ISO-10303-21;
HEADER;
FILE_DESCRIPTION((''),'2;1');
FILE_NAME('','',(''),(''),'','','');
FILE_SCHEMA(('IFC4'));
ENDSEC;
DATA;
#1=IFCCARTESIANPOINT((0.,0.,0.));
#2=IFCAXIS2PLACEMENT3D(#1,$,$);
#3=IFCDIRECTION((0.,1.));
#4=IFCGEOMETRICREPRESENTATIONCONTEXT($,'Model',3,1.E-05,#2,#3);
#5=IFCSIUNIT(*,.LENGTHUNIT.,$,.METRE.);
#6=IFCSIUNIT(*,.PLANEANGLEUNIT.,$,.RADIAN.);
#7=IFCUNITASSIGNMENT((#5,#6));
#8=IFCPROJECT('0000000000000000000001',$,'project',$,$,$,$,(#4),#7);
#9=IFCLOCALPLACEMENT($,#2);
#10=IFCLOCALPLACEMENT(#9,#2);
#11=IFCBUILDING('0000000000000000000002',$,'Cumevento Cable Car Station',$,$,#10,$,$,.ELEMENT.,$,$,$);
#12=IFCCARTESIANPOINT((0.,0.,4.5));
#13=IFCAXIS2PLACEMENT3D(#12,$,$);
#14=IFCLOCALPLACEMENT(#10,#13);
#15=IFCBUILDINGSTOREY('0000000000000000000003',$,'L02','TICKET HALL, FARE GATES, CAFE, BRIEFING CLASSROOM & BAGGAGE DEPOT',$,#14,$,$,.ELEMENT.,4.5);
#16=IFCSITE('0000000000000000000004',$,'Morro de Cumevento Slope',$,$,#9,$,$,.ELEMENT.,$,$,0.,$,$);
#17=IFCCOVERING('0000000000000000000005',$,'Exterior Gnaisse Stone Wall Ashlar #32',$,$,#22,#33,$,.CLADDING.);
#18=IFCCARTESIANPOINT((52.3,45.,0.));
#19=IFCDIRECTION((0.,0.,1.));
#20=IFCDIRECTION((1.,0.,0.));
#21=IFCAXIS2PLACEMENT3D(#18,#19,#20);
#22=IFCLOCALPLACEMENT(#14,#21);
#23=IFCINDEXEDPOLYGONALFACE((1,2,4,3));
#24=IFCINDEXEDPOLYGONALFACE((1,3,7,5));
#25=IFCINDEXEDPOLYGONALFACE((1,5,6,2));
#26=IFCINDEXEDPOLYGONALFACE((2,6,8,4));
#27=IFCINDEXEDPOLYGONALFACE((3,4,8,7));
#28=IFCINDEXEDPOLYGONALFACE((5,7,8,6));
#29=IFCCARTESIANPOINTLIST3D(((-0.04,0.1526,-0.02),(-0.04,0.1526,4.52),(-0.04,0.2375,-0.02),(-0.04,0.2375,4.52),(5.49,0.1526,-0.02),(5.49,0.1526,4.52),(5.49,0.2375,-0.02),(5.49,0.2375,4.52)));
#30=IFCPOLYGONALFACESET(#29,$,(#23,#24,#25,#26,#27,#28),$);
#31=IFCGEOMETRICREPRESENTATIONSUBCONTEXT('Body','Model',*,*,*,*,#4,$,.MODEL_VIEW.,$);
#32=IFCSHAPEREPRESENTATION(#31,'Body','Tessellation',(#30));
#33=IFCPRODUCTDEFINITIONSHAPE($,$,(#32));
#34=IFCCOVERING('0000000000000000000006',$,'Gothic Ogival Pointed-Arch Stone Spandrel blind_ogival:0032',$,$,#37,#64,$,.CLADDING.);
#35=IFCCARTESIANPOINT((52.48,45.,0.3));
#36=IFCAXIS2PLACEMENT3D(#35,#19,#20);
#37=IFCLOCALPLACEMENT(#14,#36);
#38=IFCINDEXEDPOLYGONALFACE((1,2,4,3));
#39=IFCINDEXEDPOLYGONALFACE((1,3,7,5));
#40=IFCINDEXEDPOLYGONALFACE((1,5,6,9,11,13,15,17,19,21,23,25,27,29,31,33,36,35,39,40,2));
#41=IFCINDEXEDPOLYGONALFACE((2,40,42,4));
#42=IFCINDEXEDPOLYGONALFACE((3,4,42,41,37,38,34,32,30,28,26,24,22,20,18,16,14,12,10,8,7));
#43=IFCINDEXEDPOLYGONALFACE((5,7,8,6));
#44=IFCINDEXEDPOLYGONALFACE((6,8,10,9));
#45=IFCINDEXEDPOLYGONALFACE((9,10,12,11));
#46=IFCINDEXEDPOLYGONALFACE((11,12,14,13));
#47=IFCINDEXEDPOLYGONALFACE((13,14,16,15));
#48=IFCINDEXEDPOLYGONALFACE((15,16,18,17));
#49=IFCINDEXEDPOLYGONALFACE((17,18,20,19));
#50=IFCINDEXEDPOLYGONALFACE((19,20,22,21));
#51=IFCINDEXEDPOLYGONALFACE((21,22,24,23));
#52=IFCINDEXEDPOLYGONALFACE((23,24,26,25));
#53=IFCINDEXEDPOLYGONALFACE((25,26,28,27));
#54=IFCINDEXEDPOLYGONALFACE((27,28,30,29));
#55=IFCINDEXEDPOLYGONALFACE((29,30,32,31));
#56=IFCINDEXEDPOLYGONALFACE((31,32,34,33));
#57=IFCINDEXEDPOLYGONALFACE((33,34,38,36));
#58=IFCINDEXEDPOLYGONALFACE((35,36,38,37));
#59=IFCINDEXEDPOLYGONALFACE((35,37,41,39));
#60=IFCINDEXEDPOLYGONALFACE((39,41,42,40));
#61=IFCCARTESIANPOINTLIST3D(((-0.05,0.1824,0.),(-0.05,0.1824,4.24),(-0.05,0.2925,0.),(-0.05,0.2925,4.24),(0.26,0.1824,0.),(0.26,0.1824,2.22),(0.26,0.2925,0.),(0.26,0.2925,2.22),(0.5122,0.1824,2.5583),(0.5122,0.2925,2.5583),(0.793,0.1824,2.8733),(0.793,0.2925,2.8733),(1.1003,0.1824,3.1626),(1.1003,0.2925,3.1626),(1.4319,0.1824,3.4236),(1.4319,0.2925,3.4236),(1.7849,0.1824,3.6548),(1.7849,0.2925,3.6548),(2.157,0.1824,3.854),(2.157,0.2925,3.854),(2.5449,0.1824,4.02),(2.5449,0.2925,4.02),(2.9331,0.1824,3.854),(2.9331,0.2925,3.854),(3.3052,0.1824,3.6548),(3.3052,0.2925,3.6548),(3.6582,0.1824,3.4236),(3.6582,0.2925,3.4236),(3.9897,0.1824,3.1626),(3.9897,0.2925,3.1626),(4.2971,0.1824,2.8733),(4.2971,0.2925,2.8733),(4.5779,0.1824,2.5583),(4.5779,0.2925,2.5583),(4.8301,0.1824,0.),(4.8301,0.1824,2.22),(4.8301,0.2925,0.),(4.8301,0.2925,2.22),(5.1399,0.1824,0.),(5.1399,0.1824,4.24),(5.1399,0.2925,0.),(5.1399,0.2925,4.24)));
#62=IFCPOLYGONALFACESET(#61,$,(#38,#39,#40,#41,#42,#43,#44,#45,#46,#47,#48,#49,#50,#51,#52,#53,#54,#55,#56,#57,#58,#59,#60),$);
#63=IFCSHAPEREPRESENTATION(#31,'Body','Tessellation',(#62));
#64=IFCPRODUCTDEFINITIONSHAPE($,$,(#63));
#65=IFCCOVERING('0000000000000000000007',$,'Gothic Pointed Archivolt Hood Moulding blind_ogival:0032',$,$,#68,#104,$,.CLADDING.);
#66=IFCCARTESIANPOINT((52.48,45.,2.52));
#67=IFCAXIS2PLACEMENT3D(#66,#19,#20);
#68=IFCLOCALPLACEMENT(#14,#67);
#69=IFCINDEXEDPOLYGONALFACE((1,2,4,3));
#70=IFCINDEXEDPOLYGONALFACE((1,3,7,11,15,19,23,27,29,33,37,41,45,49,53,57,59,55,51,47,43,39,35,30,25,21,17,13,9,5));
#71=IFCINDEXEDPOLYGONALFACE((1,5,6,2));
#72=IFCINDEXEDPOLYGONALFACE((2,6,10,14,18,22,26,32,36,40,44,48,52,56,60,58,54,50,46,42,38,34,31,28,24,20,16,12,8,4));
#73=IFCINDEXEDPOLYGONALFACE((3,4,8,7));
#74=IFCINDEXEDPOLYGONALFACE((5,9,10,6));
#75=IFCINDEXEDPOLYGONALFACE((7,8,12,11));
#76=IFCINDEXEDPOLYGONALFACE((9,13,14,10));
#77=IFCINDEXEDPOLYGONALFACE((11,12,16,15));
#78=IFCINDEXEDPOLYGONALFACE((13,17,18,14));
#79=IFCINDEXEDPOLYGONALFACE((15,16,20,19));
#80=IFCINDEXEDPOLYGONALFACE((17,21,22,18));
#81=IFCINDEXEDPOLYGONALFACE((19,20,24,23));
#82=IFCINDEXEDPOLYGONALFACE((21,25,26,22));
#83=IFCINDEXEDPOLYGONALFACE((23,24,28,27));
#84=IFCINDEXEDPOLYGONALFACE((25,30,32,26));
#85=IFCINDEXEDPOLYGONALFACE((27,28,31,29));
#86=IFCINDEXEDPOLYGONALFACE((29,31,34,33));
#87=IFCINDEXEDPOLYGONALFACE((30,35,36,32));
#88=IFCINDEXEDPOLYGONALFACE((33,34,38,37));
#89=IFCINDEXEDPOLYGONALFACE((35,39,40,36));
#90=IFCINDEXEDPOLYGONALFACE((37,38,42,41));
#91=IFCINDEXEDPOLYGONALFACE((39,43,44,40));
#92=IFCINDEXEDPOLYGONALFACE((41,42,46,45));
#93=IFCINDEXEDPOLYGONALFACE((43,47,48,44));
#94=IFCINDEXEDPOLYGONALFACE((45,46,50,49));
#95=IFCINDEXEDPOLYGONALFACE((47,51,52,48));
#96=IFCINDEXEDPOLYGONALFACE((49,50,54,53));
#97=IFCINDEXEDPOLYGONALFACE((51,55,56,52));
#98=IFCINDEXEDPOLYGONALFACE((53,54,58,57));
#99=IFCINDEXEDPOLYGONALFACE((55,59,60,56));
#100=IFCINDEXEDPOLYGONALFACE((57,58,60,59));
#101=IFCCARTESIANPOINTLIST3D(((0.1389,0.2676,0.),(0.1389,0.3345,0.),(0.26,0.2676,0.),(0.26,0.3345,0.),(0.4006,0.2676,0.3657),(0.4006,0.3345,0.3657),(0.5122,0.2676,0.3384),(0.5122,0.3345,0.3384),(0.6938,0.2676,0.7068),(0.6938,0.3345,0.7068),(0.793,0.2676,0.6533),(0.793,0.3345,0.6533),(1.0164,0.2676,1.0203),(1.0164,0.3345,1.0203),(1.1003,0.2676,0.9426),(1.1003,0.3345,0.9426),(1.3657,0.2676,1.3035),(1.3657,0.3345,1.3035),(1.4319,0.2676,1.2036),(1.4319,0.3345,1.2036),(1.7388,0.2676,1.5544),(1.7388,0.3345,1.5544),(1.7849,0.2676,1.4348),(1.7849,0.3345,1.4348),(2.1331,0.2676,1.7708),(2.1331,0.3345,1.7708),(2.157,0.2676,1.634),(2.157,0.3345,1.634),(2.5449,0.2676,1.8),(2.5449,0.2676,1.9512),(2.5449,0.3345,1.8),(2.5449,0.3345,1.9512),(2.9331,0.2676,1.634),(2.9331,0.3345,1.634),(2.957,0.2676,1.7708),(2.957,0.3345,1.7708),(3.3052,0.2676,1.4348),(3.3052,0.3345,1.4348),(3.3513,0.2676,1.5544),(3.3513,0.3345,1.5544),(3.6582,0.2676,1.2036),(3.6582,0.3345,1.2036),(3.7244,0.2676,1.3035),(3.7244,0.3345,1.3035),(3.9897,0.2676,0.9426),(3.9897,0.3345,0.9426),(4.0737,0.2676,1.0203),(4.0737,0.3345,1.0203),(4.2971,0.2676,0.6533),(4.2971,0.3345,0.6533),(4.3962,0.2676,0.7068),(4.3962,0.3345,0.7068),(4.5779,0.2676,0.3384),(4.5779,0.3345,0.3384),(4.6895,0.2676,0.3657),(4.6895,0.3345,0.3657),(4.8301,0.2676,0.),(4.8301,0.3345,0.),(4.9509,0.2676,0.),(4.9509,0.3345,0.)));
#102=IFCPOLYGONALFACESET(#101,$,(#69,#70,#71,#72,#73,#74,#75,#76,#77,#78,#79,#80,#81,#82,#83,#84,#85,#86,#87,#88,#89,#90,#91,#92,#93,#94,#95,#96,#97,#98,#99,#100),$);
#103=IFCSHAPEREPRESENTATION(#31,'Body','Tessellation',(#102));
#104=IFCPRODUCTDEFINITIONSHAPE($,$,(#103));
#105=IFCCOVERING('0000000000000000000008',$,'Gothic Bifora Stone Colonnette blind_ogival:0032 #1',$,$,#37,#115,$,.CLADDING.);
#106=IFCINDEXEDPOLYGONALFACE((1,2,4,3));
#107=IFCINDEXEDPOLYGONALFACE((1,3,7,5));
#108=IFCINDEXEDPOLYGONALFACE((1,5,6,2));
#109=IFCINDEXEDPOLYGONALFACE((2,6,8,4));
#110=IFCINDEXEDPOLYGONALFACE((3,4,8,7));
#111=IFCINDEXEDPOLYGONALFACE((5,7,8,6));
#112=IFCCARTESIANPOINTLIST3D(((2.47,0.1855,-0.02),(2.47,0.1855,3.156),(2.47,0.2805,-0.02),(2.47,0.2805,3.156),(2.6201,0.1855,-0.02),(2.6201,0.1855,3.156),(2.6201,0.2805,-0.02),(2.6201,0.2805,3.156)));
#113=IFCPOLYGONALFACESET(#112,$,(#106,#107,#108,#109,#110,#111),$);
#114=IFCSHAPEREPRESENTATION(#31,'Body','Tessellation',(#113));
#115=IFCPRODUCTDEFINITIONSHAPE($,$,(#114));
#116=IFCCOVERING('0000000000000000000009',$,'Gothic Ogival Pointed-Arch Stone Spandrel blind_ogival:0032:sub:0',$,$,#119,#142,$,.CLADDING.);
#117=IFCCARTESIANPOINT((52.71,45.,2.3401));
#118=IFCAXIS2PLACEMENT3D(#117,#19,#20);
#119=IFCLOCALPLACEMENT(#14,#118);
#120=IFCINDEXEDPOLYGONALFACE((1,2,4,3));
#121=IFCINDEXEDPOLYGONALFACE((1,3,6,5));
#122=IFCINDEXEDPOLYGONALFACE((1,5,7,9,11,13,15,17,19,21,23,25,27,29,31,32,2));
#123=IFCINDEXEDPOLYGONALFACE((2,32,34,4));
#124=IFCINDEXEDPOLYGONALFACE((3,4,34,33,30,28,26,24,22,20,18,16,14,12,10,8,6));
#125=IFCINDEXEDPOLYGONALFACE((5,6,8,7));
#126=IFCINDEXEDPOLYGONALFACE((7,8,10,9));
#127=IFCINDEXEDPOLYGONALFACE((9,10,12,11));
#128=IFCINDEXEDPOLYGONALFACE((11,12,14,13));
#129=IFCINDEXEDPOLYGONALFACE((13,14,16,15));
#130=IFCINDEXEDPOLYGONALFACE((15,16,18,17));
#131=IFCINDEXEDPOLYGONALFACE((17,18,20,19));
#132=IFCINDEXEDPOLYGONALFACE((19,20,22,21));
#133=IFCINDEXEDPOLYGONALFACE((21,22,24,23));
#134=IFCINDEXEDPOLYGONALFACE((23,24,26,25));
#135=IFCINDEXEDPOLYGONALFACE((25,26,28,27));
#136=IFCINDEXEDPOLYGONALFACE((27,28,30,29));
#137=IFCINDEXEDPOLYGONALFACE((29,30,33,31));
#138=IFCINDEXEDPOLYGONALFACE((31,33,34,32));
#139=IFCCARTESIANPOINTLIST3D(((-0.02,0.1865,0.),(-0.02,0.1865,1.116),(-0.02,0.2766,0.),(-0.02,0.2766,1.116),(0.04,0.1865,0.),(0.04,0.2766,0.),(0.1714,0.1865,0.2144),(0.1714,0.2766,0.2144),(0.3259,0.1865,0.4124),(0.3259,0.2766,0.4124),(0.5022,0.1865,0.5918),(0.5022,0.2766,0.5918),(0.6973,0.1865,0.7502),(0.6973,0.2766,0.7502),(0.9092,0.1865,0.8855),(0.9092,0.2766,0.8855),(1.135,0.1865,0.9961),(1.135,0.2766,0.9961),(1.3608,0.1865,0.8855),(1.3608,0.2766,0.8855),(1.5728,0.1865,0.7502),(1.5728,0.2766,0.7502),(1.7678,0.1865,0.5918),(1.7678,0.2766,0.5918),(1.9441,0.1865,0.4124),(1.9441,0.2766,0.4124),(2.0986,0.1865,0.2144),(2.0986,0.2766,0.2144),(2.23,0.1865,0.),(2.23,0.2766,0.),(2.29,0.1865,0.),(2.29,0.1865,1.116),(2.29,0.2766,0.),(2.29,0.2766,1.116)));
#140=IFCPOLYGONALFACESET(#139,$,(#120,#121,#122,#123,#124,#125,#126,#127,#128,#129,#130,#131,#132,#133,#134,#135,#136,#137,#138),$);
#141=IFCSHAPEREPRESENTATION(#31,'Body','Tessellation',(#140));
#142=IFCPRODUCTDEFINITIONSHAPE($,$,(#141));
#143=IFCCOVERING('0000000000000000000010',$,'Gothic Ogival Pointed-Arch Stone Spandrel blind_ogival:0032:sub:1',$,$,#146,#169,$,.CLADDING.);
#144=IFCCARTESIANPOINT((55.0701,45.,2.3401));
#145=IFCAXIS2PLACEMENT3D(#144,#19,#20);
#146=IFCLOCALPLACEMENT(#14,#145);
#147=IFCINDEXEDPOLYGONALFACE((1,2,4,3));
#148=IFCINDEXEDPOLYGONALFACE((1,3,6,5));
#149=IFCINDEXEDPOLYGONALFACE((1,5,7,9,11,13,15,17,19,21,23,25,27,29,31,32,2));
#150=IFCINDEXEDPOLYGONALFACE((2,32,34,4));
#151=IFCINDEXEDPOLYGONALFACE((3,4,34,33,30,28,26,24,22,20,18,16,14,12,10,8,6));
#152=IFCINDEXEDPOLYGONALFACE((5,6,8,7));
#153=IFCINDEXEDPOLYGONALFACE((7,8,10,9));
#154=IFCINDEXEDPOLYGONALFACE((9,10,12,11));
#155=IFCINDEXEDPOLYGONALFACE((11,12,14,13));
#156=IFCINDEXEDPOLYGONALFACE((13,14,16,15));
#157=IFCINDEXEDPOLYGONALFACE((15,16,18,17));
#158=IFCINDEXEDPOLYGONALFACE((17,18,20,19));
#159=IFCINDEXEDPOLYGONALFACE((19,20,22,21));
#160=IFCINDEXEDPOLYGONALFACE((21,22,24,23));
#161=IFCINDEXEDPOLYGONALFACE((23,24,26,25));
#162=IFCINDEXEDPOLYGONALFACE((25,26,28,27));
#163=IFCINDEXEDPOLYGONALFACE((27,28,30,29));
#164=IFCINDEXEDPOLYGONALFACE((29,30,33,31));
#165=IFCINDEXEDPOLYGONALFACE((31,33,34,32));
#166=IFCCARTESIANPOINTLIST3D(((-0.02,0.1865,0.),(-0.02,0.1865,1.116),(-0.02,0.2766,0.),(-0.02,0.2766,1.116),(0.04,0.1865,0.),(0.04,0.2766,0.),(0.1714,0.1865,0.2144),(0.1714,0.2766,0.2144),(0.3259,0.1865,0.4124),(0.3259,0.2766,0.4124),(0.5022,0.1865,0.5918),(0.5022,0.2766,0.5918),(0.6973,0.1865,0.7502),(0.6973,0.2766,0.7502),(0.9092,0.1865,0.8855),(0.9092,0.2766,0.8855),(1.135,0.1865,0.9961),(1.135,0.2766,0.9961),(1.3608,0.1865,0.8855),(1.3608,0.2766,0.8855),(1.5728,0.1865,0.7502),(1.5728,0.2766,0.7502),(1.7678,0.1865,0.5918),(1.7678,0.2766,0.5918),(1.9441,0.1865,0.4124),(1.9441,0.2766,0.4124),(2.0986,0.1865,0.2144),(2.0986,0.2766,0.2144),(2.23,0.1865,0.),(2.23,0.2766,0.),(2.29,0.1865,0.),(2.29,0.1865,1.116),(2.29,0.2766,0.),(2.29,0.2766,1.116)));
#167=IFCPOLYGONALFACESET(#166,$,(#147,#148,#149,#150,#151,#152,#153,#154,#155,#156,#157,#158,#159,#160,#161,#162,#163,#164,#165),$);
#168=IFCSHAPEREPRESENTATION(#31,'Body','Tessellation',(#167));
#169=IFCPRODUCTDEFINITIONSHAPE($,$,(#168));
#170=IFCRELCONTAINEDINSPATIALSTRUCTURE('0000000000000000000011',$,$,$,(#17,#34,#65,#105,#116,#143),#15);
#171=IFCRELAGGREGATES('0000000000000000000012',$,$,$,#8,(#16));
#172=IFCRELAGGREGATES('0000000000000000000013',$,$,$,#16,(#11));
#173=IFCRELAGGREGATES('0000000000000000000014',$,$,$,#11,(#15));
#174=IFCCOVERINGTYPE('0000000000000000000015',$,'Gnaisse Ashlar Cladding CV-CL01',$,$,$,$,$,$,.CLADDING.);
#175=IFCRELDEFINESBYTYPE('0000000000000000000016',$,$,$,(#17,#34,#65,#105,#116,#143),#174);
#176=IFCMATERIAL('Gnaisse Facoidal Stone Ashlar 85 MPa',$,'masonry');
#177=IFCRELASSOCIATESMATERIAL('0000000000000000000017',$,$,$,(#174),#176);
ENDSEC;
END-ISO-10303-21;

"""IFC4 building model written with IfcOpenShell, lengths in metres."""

from ifc_helpers import new_model, si_unit, direction, frame, origin, place, context, subcontext, project, spatial, polyline, outline, extrude, material, type_object, element, save


model = new_model("IFC4")

# Units and contexts
model_context = context("Model", 3, precision=1e-05, world=origin(), true_north=direction((0.0, 1.0)))
body_context = subcontext(model_context, "Body", "Model", "MODEL_VIEW")
ifc_project = project(units=[si_unit("LENGTHUNIT", "METRE"), si_unit("PLANEANGLEUNIT", "RADIAN")], contexts=[model_context])

# Site, building, storey
site_placement = place(None, origin())
site = spatial("IfcSite", under=ifc_project, at=site_placement, Name="Morro de Cumevento Slope", CompositionType="ELEMENT", RefElevation=0.0)
building_placement = place(site_placement, origin())
building = spatial("IfcBuilding", under=site, at=building_placement, Name="Cumevento Cable Car Station", CompositionType="ELEMENT")
storey_placement = place(building_placement, frame((0.0, 0.0, 4.5)))
storey = spatial("IfcBuildingStorey", under=building, at=storey_placement, Name="L02", Description="TICKET HALL, FARE GATES, CAFE, BRIEFING CLASSROOM & BAGGAGE DEPOT", CompositionType="ELEMENT", Elevation=4.5)

# Coverings
ifc_material_1 = material(Name="Gnaisse Facoidal Stone Ashlar 85 MPa", Category="masonry")
covering_type = type_object("IfcCoveringType", Name="Gnaisse Ashlar Cladding CV-CL01", PredefinedType="CLADDING", material=ifc_material_1)
covering_1_placement = place(storey_placement, frame((52.3, 45.0, 0.0), z_axis=(0.0, 0.0, 1.0), x_axis=(1.0, 0.0, 0.0)))
element("IfcCovering", 1, at=covering_1_placement, inside=storey, type_object=covering_type, Name="Exterior Gnaisse Stone Wall Ashlar #32", PredefinedType="CLADDING", context=body_context, shape_type="SweptSolid", body=[
    extrude(outline(polyline([(-0.04, -0.02), (5.49, -0.02), (5.49, 4.52), (-0.04, 4.52), (-0.04, -0.02)])), frame((0.0, 0.2375, 0.0), z_axis=(0.0, -1.0, 0.0), x_axis=(1.0, 0.0, 0.0)), (0.0, 0.0, 1.0), 0.085),
])
placement = place(storey_placement, frame((52.48, 45.0, 0.3), z_axis=(0.0, 0.0, 1.0), x_axis=(1.0, 0.0, 0.0)))
element("IfcCovering", 2, at=placement, inside=storey, type_object=covering_type, Name="Gothic Ogival Pointed-Arch Stone Spandrel blind_ogival:0032", PredefinedType="CLADDING", context=body_context, shape_type="SweptSolid", body=[
    extrude(outline(polyline([(-0.05, 0.0), (-0.05, 4.24), (5.1399, 4.24), (5.1399, 0.0), (4.8301, 0.0), (4.8301, 2.22), (4.5779, 2.5583), (4.2971, 2.8733), (3.9897, 3.1626), (3.6582, 3.4236), (3.3052, 3.6548), (2.9331, 3.854), (2.5449, 4.02), (2.157, 3.854), (1.7849, 3.6548), (1.4319, 3.4236), (1.1003, 3.1626), (0.793, 2.8733), (0.5122, 2.5583), (0.26, 2.22), (0.26, 0.0), (-0.05, 0.0)])), frame((0.0, 0.2925, 0.0), z_axis=(0.0, -1.0, 0.0), x_axis=(1.0, 0.0, 0.0)), (0.0, 0.0, 1.0), 0.1101),
])
covering_2_placement = place(storey_placement, frame((52.48, 45.0, 2.52), z_axis=(0.0, 0.0, 1.0), x_axis=(1.0, 0.0, 0.0)))
element("IfcCovering", 3, at=covering_2_placement, inside=storey, type_object=covering_type, Name="Gothic Pointed Archivolt Hood Moulding blind_ogival:0032", PredefinedType="CLADDING", context=body_context, shape_type="SweptSolid", body=[
    extrude(outline(polyline([(0.26, 0.0), (0.5122, 0.3384), (0.793, 0.6533), (1.1003, 0.9426), (1.4319, 1.2036), (1.7849, 1.4348), (2.157, 1.634), (2.5449, 1.8), (2.9331, 1.634), (3.3052, 1.4348), (3.6582, 1.2036), (3.9897, 0.9426), (4.2971, 0.6533), (4.5779, 0.3384), (4.8301, 0.0), (4.9509, 0.0), (4.6895, 0.3657), (4.3962, 0.7068), (4.0737, 1.0203), (3.7244, 1.3035), (3.3513, 1.5544), (2.957, 1.7708), (2.5449, 1.9512), (2.1331, 1.7708), (1.7388, 1.5544), (1.3657, 1.3035), (1.0164, 1.0203), (0.6938, 0.7068), (0.4006, 0.3657), (0.1389, 0.0), (0.26, 0.0)])), frame((0.0, 0.3345, 0.0), z_axis=(0.0, -1.0, 0.0), x_axis=(1.0, 0.0, 0.0)), (0.0, 0.0, 1.0), 0.0669),
])
element("IfcCovering", 4, at=placement, inside=storey, type_object=covering_type, Name="Gothic Bifora Stone Colonnette blind_ogival:0032 #1", PredefinedType="CLADDING", context=body_context, shape_type="SweptSolid", body=[
    extrude(outline(polyline([(2.47, -0.02), (2.6201, -0.02), (2.6201, 3.156), (2.47, 3.156), (2.47, -0.02)])), frame((0.0, 0.2805, 0.0), z_axis=(0.0, -1.0, 0.0), x_axis=(1.0, 0.0, 0.0)), (0.0, 0.0, 1.0), 0.095),
])
for number, where, z_axis, x_axis, name in (
    (5, (52.71, 45.0, 2.3401), (0.0, 0.0, 1.0), (1.0, 0.0, 0.0), "Gothic Ogival Pointed-Arch Stone Spandrel blind_ogival:0032:sub:0"),
    (6, (55.0701, 45.0, 2.3401), (0.0, 0.0, 1.0), (1.0, 0.0, 0.0), "Gothic Ogival Pointed-Arch Stone Spandrel blind_ogival:0032:sub:1"),
):
    element("IfcCovering", number, at=place(storey_placement, frame(where, z_axis=z_axis, x_axis=x_axis)), inside=storey, type_object=covering_type, Name=name, PredefinedType="CLADDING", context=body_context, shape_type="SweptSolid", body=[
        extrude(outline(polyline([(-0.02, 0.0), (-0.02, 1.116), (2.29, 1.116), (2.29, 0.0), (2.23, 0.0), (2.0986, 0.2144), (1.9441, 0.4124), (1.7678, 0.5918), (1.5728, 0.7502), (1.3608, 0.8855), (1.135, 0.9961), (0.9092, 0.8855), (0.6973, 0.7502), (0.5022, 0.5918), (0.3259, 0.4124), (0.1714, 0.2144), (0.04, 0.0), (-0.02, 0.0)])), frame((0.0, 0.2766, 0.0), z_axis=(0.0, -1.0, 0.0), x_axis=(1.0, 0.0, 0.0)), (0.0, 0.0, 1.0), 0.0901),
    ])

save(model, "model.ifc")
